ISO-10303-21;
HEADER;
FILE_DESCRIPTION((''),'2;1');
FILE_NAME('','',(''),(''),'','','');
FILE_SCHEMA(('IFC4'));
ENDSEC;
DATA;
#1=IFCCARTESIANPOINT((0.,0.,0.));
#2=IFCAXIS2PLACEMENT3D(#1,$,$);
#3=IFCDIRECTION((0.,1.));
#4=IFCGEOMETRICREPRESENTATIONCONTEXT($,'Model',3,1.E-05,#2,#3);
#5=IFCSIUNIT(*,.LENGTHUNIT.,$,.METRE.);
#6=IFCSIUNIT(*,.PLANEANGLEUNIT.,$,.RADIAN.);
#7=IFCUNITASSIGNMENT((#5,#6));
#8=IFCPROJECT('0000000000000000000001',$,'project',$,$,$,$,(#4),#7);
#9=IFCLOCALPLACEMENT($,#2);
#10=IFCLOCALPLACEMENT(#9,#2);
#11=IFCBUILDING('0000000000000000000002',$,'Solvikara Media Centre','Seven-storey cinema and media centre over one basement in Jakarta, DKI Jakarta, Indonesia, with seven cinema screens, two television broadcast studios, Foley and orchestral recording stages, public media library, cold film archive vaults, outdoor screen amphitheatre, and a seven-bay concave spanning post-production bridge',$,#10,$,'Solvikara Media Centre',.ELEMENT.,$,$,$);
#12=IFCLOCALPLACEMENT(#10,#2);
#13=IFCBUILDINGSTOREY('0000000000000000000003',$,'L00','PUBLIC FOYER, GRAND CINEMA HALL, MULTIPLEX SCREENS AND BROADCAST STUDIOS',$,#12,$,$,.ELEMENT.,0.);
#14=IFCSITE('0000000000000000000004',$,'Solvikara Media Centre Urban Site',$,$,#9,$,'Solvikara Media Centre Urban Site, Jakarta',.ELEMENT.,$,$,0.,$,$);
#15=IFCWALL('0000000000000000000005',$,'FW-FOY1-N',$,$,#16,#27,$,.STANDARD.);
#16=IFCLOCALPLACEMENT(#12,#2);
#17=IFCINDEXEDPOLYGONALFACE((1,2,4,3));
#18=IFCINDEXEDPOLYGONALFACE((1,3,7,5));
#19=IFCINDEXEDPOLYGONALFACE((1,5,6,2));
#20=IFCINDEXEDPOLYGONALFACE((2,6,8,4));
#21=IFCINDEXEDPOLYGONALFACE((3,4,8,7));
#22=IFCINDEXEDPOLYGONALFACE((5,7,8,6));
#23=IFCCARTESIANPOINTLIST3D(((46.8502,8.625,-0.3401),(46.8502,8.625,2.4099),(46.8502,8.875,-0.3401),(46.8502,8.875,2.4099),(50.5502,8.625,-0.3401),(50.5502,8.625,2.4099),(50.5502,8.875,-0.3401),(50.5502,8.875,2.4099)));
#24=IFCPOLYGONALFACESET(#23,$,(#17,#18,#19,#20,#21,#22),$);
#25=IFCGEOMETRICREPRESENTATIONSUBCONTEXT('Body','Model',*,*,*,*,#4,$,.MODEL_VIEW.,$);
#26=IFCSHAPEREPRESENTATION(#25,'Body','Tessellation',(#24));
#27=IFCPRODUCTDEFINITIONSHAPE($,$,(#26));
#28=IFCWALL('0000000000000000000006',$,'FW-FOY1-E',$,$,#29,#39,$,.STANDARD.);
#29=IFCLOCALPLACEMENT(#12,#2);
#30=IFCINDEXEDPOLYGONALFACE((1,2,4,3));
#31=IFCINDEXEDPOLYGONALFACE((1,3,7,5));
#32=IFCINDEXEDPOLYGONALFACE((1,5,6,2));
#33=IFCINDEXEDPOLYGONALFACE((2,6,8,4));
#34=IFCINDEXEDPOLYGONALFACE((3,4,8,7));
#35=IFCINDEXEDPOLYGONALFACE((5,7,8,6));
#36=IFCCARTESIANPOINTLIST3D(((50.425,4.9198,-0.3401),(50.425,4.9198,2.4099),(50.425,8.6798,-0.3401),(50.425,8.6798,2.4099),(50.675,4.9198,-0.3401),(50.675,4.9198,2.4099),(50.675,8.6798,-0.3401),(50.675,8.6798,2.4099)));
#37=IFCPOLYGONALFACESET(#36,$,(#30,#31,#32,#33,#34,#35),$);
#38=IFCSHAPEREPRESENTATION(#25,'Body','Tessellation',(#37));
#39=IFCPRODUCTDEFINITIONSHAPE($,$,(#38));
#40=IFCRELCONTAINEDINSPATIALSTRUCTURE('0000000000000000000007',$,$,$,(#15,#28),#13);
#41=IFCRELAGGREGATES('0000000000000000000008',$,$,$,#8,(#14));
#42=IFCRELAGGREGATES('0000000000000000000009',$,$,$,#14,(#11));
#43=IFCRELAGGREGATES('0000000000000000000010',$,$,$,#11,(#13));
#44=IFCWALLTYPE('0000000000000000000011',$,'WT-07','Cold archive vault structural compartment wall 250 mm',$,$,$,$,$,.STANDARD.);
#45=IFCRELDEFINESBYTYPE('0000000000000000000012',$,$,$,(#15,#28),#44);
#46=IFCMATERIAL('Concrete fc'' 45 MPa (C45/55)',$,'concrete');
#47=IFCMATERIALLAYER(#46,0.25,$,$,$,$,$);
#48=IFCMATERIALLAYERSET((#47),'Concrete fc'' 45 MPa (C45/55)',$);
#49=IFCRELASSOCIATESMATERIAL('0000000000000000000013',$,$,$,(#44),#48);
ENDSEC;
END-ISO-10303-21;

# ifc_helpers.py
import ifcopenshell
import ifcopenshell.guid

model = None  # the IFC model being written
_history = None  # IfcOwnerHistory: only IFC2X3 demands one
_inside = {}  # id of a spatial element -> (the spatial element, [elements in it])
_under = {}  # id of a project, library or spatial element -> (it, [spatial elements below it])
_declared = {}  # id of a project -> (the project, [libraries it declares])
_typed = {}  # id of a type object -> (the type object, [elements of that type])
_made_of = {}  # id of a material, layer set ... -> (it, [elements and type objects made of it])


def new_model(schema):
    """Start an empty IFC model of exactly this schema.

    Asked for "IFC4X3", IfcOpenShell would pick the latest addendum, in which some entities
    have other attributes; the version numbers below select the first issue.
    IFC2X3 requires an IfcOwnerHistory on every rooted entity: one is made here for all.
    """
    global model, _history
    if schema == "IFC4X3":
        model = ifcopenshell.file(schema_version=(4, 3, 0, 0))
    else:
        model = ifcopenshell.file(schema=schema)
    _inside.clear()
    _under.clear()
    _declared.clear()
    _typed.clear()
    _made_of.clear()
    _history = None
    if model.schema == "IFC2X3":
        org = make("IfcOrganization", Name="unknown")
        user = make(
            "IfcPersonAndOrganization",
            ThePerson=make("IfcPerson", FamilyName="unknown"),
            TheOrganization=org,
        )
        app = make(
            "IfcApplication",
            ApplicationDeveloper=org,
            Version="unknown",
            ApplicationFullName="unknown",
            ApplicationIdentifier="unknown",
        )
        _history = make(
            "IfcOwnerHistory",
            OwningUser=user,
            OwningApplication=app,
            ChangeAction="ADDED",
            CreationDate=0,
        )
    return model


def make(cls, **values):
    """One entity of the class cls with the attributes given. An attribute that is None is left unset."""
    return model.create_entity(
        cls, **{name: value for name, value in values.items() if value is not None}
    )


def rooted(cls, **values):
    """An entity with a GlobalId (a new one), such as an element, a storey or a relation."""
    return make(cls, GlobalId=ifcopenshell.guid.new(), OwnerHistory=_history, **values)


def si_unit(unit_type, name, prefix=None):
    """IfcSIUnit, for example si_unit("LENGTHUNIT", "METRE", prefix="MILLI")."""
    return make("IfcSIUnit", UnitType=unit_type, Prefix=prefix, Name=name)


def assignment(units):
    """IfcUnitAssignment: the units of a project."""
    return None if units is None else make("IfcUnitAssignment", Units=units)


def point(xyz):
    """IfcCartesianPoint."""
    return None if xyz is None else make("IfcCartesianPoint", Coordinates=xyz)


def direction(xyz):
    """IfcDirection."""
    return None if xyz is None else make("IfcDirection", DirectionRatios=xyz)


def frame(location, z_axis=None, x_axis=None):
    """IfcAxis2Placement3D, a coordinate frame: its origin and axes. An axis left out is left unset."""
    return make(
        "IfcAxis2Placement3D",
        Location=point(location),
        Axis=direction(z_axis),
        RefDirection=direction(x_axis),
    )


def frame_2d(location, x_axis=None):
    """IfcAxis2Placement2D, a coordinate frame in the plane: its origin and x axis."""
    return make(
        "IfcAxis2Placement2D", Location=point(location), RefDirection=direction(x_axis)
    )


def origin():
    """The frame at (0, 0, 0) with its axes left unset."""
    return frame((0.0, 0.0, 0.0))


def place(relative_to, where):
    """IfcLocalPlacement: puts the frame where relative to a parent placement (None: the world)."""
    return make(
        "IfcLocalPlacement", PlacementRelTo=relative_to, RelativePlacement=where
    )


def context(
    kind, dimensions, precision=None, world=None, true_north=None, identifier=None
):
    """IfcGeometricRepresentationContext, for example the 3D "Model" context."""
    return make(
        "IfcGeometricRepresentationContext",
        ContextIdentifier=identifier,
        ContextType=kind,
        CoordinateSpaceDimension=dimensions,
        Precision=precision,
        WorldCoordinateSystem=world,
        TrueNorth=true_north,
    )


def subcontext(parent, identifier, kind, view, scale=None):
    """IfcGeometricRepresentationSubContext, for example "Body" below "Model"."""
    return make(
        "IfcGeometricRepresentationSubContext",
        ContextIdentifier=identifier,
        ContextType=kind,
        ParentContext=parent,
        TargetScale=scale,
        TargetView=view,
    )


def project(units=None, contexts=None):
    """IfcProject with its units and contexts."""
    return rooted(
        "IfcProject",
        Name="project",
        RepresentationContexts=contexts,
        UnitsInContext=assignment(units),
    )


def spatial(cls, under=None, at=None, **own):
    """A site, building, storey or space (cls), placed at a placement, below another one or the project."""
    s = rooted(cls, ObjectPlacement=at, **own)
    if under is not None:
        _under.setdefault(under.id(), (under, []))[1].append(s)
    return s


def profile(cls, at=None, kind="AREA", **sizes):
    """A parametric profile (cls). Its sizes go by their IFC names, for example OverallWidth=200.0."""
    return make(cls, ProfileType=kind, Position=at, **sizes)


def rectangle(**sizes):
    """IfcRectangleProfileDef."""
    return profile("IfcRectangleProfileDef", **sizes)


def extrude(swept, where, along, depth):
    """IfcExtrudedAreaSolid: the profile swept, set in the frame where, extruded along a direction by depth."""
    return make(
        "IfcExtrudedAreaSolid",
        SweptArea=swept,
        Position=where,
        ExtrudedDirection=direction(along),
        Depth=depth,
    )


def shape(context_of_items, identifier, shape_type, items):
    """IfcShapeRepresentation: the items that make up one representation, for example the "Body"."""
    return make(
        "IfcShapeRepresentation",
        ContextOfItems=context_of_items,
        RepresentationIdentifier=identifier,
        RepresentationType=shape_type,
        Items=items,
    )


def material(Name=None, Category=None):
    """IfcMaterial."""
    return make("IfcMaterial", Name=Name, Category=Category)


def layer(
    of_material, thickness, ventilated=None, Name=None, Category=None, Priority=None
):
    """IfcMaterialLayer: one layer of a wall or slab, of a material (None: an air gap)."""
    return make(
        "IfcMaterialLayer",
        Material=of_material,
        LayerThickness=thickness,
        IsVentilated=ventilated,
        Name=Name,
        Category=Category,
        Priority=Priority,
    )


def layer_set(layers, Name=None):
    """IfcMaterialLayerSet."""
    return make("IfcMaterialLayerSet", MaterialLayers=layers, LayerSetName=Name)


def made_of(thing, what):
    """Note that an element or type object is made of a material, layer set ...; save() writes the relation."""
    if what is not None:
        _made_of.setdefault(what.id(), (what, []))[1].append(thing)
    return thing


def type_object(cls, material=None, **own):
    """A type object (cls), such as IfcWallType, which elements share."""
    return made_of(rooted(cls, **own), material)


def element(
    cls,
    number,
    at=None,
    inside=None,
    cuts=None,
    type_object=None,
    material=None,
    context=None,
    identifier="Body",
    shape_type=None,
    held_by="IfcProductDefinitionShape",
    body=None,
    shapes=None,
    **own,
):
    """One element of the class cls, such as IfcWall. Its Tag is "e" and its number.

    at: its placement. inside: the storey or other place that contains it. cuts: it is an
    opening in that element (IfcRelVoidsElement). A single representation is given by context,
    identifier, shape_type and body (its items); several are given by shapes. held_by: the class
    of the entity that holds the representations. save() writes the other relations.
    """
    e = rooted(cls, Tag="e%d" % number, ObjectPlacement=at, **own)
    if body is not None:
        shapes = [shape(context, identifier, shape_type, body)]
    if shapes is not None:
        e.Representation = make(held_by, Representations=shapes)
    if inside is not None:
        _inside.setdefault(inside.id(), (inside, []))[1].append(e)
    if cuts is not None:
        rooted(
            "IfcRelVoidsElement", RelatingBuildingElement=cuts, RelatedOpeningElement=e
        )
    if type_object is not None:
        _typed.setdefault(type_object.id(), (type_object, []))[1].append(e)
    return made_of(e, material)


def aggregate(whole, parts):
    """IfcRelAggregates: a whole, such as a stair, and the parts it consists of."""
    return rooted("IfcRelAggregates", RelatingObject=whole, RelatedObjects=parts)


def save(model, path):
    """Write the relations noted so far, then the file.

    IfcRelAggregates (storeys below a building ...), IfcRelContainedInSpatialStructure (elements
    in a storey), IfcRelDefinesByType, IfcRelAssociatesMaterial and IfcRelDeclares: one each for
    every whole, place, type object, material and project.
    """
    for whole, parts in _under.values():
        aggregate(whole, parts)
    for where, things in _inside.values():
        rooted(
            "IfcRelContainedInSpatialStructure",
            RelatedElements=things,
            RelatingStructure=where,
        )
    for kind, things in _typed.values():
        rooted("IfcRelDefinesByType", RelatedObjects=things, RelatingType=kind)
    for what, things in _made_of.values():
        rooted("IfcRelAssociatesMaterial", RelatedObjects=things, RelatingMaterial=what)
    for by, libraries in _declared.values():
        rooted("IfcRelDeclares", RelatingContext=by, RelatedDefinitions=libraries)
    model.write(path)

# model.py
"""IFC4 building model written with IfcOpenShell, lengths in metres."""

from ifc_helpers import new_model, si_unit, direction, frame, frame_2d, origin, place, context, subcontext, project, spatial, rectangle, extrude, material, layer, layer_set, type_object, element, save


model = new_model("IFC4")

# Units and contexts
model_context = context("Model", 3, precision=1e-05, world=origin(), true_north=direction((0.0, 1.0)))
body_context = subcontext(model_context, "Body", "Model", "MODEL_VIEW")
ifc_project = project(units=[si_unit("LENGTHUNIT", "METRE"), si_unit("PLANEANGLEUNIT", "RADIAN")], contexts=[model_context])

# Site, building, storey
site_placement = place(None, origin())
site = spatial("IfcSite", under=ifc_project, at=site_placement, Name="Solvikara Media Centre Urban Site", LongName="Solvikara Media Centre Urban Site, Jakarta", CompositionType="ELEMENT", RefElevation=0.0)
building_placement = place(site_placement, origin())
building = spatial("IfcBuilding", under=site, at=building_placement, Name="Solvikara Media Centre", Description="Seven-storey cinema and media centre over one basement in Jakarta, DKI Jakarta, Indonesia, with seven cinema screens, two television broadcast studios, Foley and orchestral recording stages, public media library, cold film archive vaults, outdoor screen amphitheatre, and a seven-bay concave spanning post-production bridge", LongName="Solvikara Media Centre", CompositionType="ELEMENT")
storey_placement = place(building_placement, origin())
storey = spatial("IfcBuildingStorey", under=building, at=storey_placement, Name="L00", Description="PUBLIC FOYER, GRAND CINEMA HALL, MULTIPLEX SCREENS AND BROADCAST STUDIOS", CompositionType="ELEMENT", Elevation=0.0)

# Shared definitions
ifc_material_1 = material(Name="Concrete fc' 45 MPa (C45/55)", Category="concrete")

# Walls
ifc_layer = layer(ifc_material_1, 0.25)
ifc_layer_set = layer_set([ifc_layer], Name="Concrete fc' 45 MPa (C45/55)")
wall_type = type_object("IfcWallType", Name="WT-07", Description="Cold archive vault structural compartment wall 250 mm", PredefinedType="STANDARD", material=ifc_layer_set)
wall_1_placement = place(storey_placement, frame((46.8501, 8.75, -0.3401), z_axis=(0.0, 0.0, 1.0), x_axis=(1.0, 0.0, 0.0)))
element("IfcWall", 1, at=wall_1_placement, inside=storey, type_object=wall_type, Name="FW-FOY1-N", PredefinedType="STANDARD", context=body_context, shape_type="SweptSolid", body=[
    extrude(rectangle(XDim=3.7, YDim=0.25, at=frame_2d((1.8501, 0.0))), origin(), (0.0, 0.0, 1.0), 2.75),
])
wall_2_placement = place(storey_placement, frame((50.55, 4.9199, -0.3401), z_axis=(0.0, 0.0, 1.0), x_axis=(0.0, 1.0, 0.0)))
element("IfcWall", 2, at=wall_2_placement, inside=storey, type_object=wall_type, Name="FW-FOY1-E", PredefinedType="STANDARD", context=body_context, shape_type="SweptSolid", body=[
    extrude(rectangle(XDim=3.76, YDim=0.25, at=frame_2d((1.8799, 0.0))), origin(), (0.0, 0.0, 1.0), 2.75),
])

save(model, "model.ifc")
